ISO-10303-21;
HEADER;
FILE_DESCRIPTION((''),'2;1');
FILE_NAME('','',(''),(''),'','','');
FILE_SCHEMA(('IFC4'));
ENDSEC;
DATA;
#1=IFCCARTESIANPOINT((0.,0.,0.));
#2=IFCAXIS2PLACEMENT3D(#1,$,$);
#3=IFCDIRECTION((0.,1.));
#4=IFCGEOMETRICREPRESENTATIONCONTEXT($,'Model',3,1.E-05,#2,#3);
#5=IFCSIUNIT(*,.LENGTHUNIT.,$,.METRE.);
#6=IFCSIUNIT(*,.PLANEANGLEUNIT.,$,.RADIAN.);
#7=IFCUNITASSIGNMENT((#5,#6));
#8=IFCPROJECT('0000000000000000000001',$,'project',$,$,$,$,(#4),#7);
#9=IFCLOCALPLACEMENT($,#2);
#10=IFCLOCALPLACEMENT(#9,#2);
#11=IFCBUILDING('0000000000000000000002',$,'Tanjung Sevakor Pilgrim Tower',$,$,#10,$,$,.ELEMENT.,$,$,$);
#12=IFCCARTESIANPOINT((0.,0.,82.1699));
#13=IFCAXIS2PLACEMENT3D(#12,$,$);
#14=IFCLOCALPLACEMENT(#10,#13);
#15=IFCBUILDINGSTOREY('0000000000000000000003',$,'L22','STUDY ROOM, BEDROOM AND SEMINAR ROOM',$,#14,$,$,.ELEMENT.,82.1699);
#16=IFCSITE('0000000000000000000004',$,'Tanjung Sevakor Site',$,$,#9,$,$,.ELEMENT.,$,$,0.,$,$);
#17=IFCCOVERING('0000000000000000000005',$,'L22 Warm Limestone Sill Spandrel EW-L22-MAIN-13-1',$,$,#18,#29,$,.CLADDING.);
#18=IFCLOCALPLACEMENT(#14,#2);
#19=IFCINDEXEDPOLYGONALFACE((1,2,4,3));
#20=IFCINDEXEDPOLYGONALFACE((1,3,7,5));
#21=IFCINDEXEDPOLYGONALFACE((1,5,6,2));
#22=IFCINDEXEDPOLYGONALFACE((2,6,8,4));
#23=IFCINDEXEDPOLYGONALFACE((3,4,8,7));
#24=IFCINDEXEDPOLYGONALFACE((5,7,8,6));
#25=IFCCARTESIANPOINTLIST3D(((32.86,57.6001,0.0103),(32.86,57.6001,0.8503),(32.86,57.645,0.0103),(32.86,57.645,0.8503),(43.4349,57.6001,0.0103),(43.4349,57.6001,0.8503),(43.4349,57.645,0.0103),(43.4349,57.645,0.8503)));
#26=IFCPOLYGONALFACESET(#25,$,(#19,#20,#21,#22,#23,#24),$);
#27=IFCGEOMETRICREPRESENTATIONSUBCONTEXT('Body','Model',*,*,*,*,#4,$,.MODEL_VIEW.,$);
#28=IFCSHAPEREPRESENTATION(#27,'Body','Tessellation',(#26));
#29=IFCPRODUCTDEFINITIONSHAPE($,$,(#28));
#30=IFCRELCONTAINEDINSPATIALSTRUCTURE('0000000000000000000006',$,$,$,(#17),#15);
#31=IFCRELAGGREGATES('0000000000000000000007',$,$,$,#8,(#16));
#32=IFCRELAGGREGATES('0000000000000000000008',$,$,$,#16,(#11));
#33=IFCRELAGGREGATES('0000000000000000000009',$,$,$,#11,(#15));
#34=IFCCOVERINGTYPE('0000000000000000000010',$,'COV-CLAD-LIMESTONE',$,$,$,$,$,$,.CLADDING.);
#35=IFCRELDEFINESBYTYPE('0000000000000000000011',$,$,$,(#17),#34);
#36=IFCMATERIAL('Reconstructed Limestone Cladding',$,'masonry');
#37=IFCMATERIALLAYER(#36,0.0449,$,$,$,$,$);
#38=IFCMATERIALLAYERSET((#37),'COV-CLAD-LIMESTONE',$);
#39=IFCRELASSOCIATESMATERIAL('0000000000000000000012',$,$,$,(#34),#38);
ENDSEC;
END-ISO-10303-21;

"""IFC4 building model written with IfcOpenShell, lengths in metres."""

from ifc_helpers import new_model, si_unit, direction, frame, origin, origin_2d, place, context, subcontext, project, spatial, rectangle, extrude, material, layer, layer_set, type_object, element, save


model = new_model("IFC4")

# Units and contexts
model_context = context("Model", 3, precision=1e-05, world=origin(), true_north=direction((0.0, 1.0)))
body_context = subcontext(model_context, "Body", "Model", "MODEL_VIEW")
ifc_project = project(units=[si_unit("LENGTHUNIT", "METRE"), si_unit("PLANEANGLEUNIT", "RADIAN")], contexts=[model_context])

# Site, building, storey
site_placement = place(None, origin())
site = spatial("IfcSite", under=ifc_project, at=site_placement, Name="Tanjung Sevakor Site", CompositionType="ELEMENT", RefElevation=0.0)
building_placement = place(site_placement, origin())
building = spatial("IfcBuilding", under=site, at=building_placement, Name="Tanjung Sevakor Pilgrim Tower", CompositionType="ELEMENT")
storey_placement = place(building_placement, frame((0.0, 0.0, 82.1699)))
storey = spatial("IfcBuildingStorey", under=building, at=storey_placement, Name="L22", Description="STUDY ROOM, BEDROOM AND SEMINAR ROOM", CompositionType="ELEMENT", Elevation=82.1699)

# Covering
ifc_material_1 = material(Name="Reconstructed Limestone Cladding", Category="masonry")
ifc_layer_1 = layer(ifc_material_1, 0.0449)
ifc_layer_set_1 = layer_set([ifc_layer_1], Name="COV-CLAD-LIMESTONE")
covering_type = type_object("IfcCoveringType", Name="COV-CLAD-LIMESTONE", PredefinedType="CLADDING", material=ifc_layer_set_1)
covering_placement = place(storey_placement, frame((38.1475, 57.6226, 0.0103), z_axis=(0.0, 0.0, 1.0), x_axis=(-1.0, 0.0, 0.0)))
element("IfcCovering", 1, at=covering_placement, inside=storey, type_object=covering_type, Name="L22 Warm Limestone Sill Spandrel EW-L22-MAIN-13-1", PredefinedType="CLADDING", context=body_context, shape_type="SweptSolid", body=[
    extrude(rectangle(XDim=10.575, YDim=0.0449, at=origin_2d()), origin(), (0.0, 0.0, 1.0), 0.8401),
])

save(model, "model.ifc")
